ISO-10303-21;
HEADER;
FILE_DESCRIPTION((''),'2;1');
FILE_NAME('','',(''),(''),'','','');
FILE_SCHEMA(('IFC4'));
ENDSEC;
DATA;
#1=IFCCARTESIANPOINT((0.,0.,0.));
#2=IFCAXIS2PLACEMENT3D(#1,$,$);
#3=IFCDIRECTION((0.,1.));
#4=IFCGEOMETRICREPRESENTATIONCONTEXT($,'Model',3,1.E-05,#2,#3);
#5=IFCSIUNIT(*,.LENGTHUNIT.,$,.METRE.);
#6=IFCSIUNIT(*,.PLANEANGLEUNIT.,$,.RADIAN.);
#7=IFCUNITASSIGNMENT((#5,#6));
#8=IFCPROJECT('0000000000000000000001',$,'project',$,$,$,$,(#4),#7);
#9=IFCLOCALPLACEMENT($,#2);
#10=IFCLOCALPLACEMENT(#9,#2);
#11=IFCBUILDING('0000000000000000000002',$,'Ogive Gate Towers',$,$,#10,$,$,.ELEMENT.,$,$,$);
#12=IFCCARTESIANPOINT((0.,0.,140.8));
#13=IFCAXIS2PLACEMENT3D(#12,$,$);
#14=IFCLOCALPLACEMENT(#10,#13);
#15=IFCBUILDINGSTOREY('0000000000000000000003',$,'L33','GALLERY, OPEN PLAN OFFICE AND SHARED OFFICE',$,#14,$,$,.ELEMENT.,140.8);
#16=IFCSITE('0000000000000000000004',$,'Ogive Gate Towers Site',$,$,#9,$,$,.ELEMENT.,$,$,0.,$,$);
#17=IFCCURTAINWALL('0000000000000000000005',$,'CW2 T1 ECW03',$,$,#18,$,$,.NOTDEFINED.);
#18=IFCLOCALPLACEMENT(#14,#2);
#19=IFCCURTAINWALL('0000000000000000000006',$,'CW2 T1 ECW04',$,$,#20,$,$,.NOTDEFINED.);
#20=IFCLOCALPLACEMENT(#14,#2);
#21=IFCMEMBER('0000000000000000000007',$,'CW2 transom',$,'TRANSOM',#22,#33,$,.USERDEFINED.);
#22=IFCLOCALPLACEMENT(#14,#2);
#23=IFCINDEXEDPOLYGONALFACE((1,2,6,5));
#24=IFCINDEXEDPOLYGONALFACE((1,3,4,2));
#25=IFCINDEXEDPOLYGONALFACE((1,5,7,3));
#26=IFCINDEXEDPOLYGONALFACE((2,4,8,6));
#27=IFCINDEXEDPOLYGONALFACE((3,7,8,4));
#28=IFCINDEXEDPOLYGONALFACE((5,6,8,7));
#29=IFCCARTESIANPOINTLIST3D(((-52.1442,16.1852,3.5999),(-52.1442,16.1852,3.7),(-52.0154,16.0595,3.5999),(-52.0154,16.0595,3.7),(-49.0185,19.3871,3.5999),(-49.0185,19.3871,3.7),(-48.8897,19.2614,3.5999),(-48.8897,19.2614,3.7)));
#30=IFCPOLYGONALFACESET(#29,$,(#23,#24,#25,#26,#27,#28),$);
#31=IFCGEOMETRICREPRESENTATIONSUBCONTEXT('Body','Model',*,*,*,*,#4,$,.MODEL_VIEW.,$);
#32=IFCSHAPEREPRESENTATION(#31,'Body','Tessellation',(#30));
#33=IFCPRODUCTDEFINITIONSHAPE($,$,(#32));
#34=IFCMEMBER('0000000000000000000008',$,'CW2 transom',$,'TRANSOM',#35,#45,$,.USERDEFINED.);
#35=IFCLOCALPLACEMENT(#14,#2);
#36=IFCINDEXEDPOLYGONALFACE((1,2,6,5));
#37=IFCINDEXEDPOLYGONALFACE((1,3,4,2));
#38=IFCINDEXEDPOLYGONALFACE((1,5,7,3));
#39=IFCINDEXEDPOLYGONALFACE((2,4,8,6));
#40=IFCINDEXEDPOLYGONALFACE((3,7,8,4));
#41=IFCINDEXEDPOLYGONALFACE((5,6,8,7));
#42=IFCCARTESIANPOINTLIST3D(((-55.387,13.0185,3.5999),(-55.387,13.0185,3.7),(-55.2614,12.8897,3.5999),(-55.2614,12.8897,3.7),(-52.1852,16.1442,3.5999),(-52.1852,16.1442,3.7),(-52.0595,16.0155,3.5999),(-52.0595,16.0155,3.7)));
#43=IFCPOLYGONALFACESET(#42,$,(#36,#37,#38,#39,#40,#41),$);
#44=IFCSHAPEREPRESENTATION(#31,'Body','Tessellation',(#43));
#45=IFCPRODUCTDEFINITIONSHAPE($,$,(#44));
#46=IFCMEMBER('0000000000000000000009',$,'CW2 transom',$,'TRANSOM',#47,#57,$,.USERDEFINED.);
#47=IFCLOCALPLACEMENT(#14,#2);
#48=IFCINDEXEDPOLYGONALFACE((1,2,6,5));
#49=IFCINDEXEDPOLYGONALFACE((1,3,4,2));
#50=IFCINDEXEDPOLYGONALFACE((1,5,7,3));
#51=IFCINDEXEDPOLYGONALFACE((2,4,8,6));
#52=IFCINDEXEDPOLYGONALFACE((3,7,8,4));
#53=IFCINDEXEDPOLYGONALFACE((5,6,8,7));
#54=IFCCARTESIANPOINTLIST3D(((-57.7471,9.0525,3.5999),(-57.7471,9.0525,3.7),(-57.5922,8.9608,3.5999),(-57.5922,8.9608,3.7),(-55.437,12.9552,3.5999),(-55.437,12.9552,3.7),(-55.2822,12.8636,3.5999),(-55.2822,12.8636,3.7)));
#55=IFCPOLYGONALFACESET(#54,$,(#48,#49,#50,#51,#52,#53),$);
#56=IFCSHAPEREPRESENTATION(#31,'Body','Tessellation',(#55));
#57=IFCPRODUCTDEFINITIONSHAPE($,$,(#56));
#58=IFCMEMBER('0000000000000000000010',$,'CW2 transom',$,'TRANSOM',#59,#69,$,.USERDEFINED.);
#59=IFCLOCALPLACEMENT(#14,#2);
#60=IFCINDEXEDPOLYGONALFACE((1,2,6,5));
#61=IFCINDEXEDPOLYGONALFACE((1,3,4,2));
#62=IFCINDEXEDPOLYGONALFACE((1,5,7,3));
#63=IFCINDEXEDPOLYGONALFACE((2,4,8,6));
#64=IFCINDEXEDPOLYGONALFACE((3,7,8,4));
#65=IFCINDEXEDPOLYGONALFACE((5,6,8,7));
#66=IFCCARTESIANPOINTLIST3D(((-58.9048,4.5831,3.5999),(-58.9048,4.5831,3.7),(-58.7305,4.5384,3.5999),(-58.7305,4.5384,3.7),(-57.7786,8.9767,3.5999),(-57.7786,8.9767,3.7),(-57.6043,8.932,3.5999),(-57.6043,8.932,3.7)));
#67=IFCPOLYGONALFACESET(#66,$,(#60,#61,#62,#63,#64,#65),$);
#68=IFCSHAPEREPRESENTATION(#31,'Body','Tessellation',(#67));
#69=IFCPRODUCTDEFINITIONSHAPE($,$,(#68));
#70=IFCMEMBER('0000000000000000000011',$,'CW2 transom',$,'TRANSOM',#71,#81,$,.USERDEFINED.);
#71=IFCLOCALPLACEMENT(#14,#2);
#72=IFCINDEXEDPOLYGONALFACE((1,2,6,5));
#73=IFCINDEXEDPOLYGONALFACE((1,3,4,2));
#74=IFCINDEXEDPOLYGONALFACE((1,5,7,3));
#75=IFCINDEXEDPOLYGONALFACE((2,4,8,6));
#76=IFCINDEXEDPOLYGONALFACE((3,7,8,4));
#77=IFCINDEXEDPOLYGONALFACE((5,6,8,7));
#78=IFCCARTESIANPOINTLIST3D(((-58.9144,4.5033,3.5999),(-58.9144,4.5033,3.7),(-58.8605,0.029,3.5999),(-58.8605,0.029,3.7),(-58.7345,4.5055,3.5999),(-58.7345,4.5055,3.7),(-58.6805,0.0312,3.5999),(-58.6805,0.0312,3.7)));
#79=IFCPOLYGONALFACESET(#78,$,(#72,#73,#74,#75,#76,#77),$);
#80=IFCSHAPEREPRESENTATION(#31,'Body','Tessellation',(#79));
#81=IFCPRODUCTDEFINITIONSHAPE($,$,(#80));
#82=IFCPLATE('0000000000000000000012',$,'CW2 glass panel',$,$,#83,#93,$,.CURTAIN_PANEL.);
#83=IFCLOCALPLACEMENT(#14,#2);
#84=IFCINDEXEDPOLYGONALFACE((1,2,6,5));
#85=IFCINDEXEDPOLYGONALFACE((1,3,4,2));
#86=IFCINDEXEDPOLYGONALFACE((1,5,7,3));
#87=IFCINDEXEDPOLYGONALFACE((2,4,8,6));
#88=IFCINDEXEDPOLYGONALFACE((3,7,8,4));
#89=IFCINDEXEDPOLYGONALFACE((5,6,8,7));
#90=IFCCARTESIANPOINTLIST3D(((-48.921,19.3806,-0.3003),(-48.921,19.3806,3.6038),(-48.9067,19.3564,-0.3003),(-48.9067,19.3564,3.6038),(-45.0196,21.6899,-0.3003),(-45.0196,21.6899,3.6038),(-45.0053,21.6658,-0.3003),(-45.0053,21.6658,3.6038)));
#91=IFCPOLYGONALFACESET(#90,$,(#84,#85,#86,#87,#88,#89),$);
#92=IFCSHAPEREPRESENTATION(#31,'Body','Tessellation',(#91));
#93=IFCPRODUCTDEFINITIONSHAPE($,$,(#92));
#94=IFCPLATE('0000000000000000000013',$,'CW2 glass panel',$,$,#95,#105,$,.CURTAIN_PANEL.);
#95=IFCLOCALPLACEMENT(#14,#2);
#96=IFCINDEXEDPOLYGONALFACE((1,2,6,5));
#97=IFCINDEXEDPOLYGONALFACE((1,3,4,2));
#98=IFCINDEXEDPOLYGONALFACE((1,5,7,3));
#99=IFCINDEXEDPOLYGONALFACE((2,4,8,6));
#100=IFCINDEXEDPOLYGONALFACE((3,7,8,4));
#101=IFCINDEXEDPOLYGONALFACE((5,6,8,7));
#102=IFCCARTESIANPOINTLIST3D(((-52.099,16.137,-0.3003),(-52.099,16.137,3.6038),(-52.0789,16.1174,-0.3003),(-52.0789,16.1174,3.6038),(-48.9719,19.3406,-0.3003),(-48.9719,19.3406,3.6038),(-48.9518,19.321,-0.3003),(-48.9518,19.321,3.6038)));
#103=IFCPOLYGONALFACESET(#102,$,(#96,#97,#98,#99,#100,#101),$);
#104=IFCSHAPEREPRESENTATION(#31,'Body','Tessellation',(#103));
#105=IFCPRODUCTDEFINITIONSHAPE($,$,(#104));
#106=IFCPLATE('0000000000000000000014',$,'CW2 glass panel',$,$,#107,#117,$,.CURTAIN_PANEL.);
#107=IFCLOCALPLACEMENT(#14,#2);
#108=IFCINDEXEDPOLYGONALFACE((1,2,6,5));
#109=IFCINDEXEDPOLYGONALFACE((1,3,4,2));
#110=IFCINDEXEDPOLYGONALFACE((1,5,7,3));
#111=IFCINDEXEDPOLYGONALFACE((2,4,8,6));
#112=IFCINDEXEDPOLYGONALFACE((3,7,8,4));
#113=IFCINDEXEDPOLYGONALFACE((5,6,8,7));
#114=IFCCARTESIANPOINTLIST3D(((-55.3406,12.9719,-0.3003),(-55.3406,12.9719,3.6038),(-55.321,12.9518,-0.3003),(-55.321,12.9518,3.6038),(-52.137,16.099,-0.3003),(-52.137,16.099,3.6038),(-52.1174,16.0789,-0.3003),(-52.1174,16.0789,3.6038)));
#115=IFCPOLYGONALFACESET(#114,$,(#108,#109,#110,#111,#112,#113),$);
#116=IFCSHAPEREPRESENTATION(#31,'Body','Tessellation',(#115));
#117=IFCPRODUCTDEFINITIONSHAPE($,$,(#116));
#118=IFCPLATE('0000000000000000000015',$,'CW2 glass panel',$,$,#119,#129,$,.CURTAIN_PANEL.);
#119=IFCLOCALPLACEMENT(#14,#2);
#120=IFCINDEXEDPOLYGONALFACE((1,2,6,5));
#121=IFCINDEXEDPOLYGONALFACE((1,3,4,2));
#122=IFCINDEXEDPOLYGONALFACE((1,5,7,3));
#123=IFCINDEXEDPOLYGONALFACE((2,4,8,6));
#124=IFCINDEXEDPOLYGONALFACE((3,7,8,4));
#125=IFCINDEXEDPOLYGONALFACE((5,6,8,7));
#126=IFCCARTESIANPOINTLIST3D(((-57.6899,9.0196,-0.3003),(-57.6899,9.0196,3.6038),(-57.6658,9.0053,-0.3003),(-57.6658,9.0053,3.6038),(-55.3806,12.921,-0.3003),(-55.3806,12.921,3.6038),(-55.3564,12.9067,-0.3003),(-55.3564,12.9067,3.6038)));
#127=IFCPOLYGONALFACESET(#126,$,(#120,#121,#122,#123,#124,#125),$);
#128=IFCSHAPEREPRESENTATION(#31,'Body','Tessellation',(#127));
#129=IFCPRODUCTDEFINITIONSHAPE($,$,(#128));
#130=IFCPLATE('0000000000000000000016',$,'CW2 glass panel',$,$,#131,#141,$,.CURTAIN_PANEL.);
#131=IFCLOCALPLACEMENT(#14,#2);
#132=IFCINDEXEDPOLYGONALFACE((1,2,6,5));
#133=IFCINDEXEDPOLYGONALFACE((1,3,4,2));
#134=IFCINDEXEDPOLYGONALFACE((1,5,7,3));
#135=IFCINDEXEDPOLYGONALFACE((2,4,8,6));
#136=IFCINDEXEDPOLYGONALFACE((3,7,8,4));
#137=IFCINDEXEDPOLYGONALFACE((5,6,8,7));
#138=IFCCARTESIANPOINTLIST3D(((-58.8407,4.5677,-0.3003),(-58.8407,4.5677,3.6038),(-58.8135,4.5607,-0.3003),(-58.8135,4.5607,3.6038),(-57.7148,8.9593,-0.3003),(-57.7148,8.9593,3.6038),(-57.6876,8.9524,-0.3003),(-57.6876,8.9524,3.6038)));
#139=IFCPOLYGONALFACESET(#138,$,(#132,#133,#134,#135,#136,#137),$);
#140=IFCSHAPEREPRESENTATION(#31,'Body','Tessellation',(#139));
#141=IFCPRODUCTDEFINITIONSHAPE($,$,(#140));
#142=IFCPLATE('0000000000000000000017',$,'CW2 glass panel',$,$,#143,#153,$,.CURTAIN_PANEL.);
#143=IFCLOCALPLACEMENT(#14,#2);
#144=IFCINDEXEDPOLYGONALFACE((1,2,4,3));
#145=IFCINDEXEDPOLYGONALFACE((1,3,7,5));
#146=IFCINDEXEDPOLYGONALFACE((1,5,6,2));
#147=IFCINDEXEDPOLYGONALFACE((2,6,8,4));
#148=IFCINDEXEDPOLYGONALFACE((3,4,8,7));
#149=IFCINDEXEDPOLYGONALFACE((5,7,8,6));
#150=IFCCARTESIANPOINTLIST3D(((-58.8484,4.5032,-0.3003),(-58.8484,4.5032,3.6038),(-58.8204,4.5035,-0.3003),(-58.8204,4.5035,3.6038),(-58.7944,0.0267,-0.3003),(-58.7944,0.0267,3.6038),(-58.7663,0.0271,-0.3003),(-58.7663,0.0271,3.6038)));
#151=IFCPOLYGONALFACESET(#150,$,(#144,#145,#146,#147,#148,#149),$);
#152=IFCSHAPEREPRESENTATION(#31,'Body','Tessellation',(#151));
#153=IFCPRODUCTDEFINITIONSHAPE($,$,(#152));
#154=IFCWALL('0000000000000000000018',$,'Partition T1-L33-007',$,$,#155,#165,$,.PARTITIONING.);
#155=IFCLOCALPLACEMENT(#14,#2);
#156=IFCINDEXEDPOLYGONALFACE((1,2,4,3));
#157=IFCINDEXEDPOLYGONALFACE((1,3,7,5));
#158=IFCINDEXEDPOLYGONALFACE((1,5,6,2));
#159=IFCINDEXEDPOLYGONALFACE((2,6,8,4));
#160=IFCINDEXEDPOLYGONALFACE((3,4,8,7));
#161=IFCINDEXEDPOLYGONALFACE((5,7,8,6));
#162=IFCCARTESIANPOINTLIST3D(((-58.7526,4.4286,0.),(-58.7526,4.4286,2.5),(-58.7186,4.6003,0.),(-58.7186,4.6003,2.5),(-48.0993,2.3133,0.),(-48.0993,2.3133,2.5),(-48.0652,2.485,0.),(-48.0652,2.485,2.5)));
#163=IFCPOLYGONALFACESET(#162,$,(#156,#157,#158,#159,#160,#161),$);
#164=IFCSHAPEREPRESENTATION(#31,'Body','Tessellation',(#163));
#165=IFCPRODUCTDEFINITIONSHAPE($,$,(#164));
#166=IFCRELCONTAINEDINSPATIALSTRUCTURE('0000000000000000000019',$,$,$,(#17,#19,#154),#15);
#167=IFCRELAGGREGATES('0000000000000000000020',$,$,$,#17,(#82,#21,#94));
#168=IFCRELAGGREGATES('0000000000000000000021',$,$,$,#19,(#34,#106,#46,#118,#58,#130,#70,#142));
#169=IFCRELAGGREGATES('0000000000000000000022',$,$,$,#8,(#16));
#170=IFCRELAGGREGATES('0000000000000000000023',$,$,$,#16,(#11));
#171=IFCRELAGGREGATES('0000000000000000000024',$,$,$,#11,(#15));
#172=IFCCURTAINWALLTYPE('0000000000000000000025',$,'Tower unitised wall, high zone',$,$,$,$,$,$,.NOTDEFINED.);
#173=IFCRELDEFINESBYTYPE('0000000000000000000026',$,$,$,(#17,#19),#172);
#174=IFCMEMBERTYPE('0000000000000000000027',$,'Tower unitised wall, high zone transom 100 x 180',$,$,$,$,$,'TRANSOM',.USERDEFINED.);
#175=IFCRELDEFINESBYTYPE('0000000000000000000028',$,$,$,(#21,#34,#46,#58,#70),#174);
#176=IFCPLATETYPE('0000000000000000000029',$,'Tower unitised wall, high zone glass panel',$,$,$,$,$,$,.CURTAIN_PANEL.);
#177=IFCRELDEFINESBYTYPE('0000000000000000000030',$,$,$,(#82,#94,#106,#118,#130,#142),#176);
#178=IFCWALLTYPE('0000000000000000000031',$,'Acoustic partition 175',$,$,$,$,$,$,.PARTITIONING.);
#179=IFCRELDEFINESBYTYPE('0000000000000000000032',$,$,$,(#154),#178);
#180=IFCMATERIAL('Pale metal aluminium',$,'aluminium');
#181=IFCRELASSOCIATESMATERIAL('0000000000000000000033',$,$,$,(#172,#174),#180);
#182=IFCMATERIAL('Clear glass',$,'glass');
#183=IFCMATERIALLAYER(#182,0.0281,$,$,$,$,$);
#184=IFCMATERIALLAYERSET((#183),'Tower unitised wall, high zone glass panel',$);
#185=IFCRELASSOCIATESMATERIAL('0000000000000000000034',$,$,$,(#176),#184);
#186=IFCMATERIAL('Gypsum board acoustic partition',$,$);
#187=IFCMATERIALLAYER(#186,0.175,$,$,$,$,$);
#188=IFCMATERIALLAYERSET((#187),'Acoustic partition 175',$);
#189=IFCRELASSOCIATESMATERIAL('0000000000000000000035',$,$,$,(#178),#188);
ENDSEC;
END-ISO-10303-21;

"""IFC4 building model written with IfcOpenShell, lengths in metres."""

from ifc_helpers import new_model, si_unit, direction, frame, frame_2d, origin, origin_2d, place, context, subcontext, project, spatial, rectangle, extrude, material, layer, layer_set, material_profile, profile_set, type_object, element, aggregate, save


model = new_model("IFC4")

# Units and contexts
model_context = context("Model", 3, precision=1e-05, world=origin(), true_north=direction((0.0, 1.0)))
body_context = subcontext(model_context, "Body", "Model", "MODEL_VIEW")
ifc_project = project(units=[si_unit("LENGTHUNIT", "METRE"), si_unit("PLANEANGLEUNIT", "RADIAN")], contexts=[model_context])

# Site, building, storey
site_placement = place(None, origin())
site = spatial("IfcSite", under=ifc_project, at=site_placement, Name="Ogive Gate Towers Site", CompositionType="ELEMENT", RefElevation=0.0)
building_placement = place(site_placement, origin())
building = spatial("IfcBuilding", under=site, at=building_placement, Name="Ogive Gate Towers", CompositionType="ELEMENT")
storey_placement = place(building_placement, frame((0.0, 0.0, 140.8)))
storey = spatial("IfcBuildingStorey", under=building, at=storey_placement, Name="L33", Description="GALLERY, OPEN PLAN OFFICE AND SHARED OFFICE", CompositionType="ELEMENT", Elevation=140.8)

# Curtain walls
ifc_material_1 = material(Name="Pale metal aluminium", Category="aluminium")
curtain_wall_type = type_object("IfcCurtainWallType", Name="Tower unitised wall, high zone", PredefinedType="NOTDEFINED", material=ifc_material_1)
curtain_wall_1_placement = place(storey_placement, origin())
curtain_wall_1 = element("IfcCurtainWall", 1, at=curtain_wall_1_placement, inside=storey, type_object=curtain_wall_type, Name="CW2 T1 ECW03", PredefinedType="NOTDEFINED")
curtain_wall_2_placement = place(storey_placement, origin())
curtain_wall_2 = element("IfcCurtainWall", 2, at=curtain_wall_2_placement, inside=storey, type_object=curtain_wall_type, Name="CW2 T1 ECW04", PredefinedType="NOTDEFINED")

# Members
ifc_material_profile_1 = material_profile(ifc_material_1, rectangle(XDim=0.1799, YDim=0.1001, at=origin_2d()), Name="100 x 180 aluminium box")
ifc_profile_set_1 = profile_set([ifc_material_profile_1], Name="Pale metal aluminium")
member_type_1 = type_object("IfcMemberType", Name="Tower unitised wall, high zone transom 100 x 180", ElementType="TRANSOM", PredefinedType="USERDEFINED", material=ifc_profile_set_1)
member_1_placement = place(storey_placement, frame((-48.9541, 19.3242, 3.6499), z_axis=(-0.698544, -0.715567, 0.0), x_axis=(0.715567, -0.698544, 0.0)))
member_1 = element("IfcMember", 3, at=member_1_placement, type_object=member_type_1, Name="CW2 transom", ObjectType="TRANSOM", PredefinedType="USERDEFINED", context=body_context, shape_type="SweptSolid", body=[
    extrude(rectangle(XDim=0.1799, YDim=0.1001, at=origin_2d()), origin(), (0.0, 0.0, 1.0), 4.4746),
])
member_2_placement = place(storey_placement, frame((-52.1223, 16.0798, 3.6499), z_axis=(-0.715567, -0.698544, 0.0), x_axis=(0.698544, -0.715567, 0.0)))
member_2 = element("IfcMember", 4, at=member_2_placement, type_object=member_type_1, Name="CW2 transom", ObjectType="TRANSOM", PredefinedType="USERDEFINED", context=body_context, shape_type="SweptSolid", body=[
    extrude(rectangle(XDim=0.1799, YDim=0.1001, at=origin_2d()), origin(), (0.0, 0.0, 1.0), 4.4746),
])
member_3_placement = place(storey_placement, frame((-55.3596, 12.9094, 3.6499), z_axis=(-0.509357, -0.860555, 0.0), x_axis=(0.860555, -0.509357, 0.0)))
member_3 = element("IfcMember", 5, at=member_3_placement, type_object=member_type_1, Name="CW2 transom", ObjectType="TRANSOM", PredefinedType="USERDEFINED", context=body_context, shape_type="SweptSolid", body=[
    extrude(rectangle(XDim=0.1799, YDim=0.1001, at=origin_2d()), origin(), (0.0, 0.0, 1.0), 4.5352),
])
member_4_placement = place(storey_placement, frame((-57.6914, 8.9543, 3.6499), z_axis=(-0.248307, -0.968681, 0.0), x_axis=(0.968681, -0.248307, 0.0)))
member_4 = element("IfcMember", 6, at=member_4_placement, type_object=member_type_1, Name="CW2 transom", ObjectType="TRANSOM", PredefinedType="USERDEFINED", context=body_context, shape_type="SweptSolid", body=[
    extrude(rectangle(XDim=0.1799, YDim=0.1001, at=origin_2d()), origin(), (0.0, 0.0, 1.0), 4.5356),
])
member_5_placement = place(storey_placement, frame((-58.8245, 4.5044, 3.6499), z_axis=(0.012058, -0.999927, 0.0), x_axis=(0.999927, 0.012058, 0.0)))
member_5 = element("IfcMember", 7, at=member_5_placement, type_object=member_type_1, Name="CW2 transom", ObjectType="TRANSOM", PredefinedType="USERDEFINED", context=body_context, shape_type="SweptSolid", body=[
    extrude(rectangle(XDim=0.1799, YDim=0.1001, at=origin_2d()), origin(), (0.0, 0.0, 1.0), 4.4746),
])

# Plates
ifc_material_2 = material(Name="Clear glass", Category="glass")
ifc_layer_1 = layer(ifc_material_2, 0.0281)
ifc_layer_set_1 = layer_set([ifc_layer_1], Name="Tower unitised wall, high zone glass panel")
plate_type = type_object("IfcPlateType", Name="Tower unitised wall, high zone glass panel", PredefinedType="CURTAIN_PANEL", material=ifc_layer_set_1)
plate_1_placement = place(storey_placement, frame((-46.9631, 20.5232, -0.3003), z_axis=(0.0, 0.0, 1.0), x_axis=(-0.860547, -0.509372, 0.0)))
plate_1 = element("IfcPlate", 8, at=plate_1_placement, type_object=plate_type, Name="CW2 glass panel", PredefinedType="CURTAIN_PANEL", context=body_context, shape_type="SweptSolid", body=[
    extrude(rectangle(XDim=4.5337, YDim=0.0281, at=origin_2d()), origin(), (0.0, 0.0, 1.0), 3.9041),
])
plate_2_placement = place(storey_placement, frame((-50.5254, 17.729, -0.3003), z_axis=(0.0, 0.0, 1.0), x_axis=(-0.698515, -0.715595, 0.0)))
plate_2 = element("IfcPlate", 9, at=plate_2_placement, type_object=plate_type, Name="CW2 glass panel", PredefinedType="CURTAIN_PANEL", context=body_context, shape_type="SweptSolid", body=[
    extrude(rectangle(XDim=4.4768, YDim=0.0281, at=origin_2d()), origin(), (0.0, 0.0, 1.0), 3.9041),
])
aggregate(curtain_wall_1, [plate_1, member_1, plate_2])
plate_3_placement = place(storey_placement, frame((-53.729, 14.5254, -0.3003), z_axis=(0.0, 0.0, 1.0), x_axis=(-0.715595, -0.698515, 0.0)))
plate_3 = element("IfcPlate", 10, at=plate_3_placement, type_object=plate_type, Name="CW2 glass panel", PredefinedType="CURTAIN_PANEL", context=body_context, shape_type="SweptSolid", body=[
    extrude(rectangle(XDim=4.4768, YDim=0.0281, at=origin_2d()), origin(), (0.0, 0.0, 1.0), 3.9041),
])
plate_4_placement = place(storey_placement, frame((-56.5232, 10.9631, -0.3003), z_axis=(0.0, 0.0, 1.0), x_axis=(-0.509372, -0.860547, 0.0)))
plate_4 = element("IfcPlate", 11, at=plate_4_placement, type_object=plate_type, Name="CW2 glass panel", PredefinedType="CURTAIN_PANEL", context=body_context, shape_type="SweptSolid", body=[
    extrude(rectangle(XDim=4.5337, YDim=0.0281, at=origin_2d()), origin(), (0.0, 0.0, 1.0), 3.9041),
])
plate_5_placement = place(storey_placement, frame((-58.2642, 6.76, -0.3003), z_axis=(0.0, 0.0, 1.0), x_axis=(-0.248335, -0.968674, 0.0)))
plate_5 = element("IfcPlate", 12, at=plate_5_placement, type_object=plate_type, Name="CW2 glass panel", PredefinedType="CURTAIN_PANEL", context=body_context, shape_type="SweptSolid", body=[
    extrude(rectangle(XDim=4.5337, YDim=0.0281, at=origin_2d()), origin(), (0.0, 0.0, 1.0), 3.9041),
])
plate_6_placement = place(storey_placement, frame((-58.8074, 2.2651, -0.3003), z_axis=(0.0, 0.0, 1.0), x_axis=(0.012077, -0.999927, 0.0)))
plate_6 = element("IfcPlate", 13, at=plate_6_placement, type_object=plate_type, Name="CW2 glass panel", PredefinedType="CURTAIN_PANEL", context=body_context, shape_type="SweptSolid", body=[
    extrude(rectangle(XDim=4.4768, YDim=0.0281, at=origin_2d()), origin(), (0.0, 0.0, 1.0), 3.9041),
])
aggregate(curtain_wall_2, [member_2, plate_3, member_3, plate_4, member_4, plate_5, member_5, plate_6])

# Wall
ifc_material_3 = material(Name="Gypsum board acoustic partition")
ifc_layer_2 = layer(ifc_material_3, 0.175)
ifc_layer_set_2 = layer_set([ifc_layer_2], Name="Acoustic partition 175")
wall_type_1 = type_object("IfcWallType", Name="Acoustic partition 175", PredefinedType="PARTITIONING", material=ifc_layer_set_2)
wall_1_placement = place(storey_placement, frame((-58.7356, 4.5144, 0.0), z_axis=(0.0, 0.0, 1.0), x_axis=(0.980853, -0.19475, 0.0)))
element("IfcWall", 14, at=wall_1_placement, inside=storey, type_object=wall_type_1, Name="Partition T1-L33-007", PredefinedType="PARTITIONING", context=body_context, shape_type="SweptSolid", body=[
    extrude(rectangle(XDim=10.8613, YDim=0.175, at=frame_2d((5.4307, 0.0))), origin(), (0.0, 0.0, 1.0), 2.5),
])

save(model, "model.ifc")
